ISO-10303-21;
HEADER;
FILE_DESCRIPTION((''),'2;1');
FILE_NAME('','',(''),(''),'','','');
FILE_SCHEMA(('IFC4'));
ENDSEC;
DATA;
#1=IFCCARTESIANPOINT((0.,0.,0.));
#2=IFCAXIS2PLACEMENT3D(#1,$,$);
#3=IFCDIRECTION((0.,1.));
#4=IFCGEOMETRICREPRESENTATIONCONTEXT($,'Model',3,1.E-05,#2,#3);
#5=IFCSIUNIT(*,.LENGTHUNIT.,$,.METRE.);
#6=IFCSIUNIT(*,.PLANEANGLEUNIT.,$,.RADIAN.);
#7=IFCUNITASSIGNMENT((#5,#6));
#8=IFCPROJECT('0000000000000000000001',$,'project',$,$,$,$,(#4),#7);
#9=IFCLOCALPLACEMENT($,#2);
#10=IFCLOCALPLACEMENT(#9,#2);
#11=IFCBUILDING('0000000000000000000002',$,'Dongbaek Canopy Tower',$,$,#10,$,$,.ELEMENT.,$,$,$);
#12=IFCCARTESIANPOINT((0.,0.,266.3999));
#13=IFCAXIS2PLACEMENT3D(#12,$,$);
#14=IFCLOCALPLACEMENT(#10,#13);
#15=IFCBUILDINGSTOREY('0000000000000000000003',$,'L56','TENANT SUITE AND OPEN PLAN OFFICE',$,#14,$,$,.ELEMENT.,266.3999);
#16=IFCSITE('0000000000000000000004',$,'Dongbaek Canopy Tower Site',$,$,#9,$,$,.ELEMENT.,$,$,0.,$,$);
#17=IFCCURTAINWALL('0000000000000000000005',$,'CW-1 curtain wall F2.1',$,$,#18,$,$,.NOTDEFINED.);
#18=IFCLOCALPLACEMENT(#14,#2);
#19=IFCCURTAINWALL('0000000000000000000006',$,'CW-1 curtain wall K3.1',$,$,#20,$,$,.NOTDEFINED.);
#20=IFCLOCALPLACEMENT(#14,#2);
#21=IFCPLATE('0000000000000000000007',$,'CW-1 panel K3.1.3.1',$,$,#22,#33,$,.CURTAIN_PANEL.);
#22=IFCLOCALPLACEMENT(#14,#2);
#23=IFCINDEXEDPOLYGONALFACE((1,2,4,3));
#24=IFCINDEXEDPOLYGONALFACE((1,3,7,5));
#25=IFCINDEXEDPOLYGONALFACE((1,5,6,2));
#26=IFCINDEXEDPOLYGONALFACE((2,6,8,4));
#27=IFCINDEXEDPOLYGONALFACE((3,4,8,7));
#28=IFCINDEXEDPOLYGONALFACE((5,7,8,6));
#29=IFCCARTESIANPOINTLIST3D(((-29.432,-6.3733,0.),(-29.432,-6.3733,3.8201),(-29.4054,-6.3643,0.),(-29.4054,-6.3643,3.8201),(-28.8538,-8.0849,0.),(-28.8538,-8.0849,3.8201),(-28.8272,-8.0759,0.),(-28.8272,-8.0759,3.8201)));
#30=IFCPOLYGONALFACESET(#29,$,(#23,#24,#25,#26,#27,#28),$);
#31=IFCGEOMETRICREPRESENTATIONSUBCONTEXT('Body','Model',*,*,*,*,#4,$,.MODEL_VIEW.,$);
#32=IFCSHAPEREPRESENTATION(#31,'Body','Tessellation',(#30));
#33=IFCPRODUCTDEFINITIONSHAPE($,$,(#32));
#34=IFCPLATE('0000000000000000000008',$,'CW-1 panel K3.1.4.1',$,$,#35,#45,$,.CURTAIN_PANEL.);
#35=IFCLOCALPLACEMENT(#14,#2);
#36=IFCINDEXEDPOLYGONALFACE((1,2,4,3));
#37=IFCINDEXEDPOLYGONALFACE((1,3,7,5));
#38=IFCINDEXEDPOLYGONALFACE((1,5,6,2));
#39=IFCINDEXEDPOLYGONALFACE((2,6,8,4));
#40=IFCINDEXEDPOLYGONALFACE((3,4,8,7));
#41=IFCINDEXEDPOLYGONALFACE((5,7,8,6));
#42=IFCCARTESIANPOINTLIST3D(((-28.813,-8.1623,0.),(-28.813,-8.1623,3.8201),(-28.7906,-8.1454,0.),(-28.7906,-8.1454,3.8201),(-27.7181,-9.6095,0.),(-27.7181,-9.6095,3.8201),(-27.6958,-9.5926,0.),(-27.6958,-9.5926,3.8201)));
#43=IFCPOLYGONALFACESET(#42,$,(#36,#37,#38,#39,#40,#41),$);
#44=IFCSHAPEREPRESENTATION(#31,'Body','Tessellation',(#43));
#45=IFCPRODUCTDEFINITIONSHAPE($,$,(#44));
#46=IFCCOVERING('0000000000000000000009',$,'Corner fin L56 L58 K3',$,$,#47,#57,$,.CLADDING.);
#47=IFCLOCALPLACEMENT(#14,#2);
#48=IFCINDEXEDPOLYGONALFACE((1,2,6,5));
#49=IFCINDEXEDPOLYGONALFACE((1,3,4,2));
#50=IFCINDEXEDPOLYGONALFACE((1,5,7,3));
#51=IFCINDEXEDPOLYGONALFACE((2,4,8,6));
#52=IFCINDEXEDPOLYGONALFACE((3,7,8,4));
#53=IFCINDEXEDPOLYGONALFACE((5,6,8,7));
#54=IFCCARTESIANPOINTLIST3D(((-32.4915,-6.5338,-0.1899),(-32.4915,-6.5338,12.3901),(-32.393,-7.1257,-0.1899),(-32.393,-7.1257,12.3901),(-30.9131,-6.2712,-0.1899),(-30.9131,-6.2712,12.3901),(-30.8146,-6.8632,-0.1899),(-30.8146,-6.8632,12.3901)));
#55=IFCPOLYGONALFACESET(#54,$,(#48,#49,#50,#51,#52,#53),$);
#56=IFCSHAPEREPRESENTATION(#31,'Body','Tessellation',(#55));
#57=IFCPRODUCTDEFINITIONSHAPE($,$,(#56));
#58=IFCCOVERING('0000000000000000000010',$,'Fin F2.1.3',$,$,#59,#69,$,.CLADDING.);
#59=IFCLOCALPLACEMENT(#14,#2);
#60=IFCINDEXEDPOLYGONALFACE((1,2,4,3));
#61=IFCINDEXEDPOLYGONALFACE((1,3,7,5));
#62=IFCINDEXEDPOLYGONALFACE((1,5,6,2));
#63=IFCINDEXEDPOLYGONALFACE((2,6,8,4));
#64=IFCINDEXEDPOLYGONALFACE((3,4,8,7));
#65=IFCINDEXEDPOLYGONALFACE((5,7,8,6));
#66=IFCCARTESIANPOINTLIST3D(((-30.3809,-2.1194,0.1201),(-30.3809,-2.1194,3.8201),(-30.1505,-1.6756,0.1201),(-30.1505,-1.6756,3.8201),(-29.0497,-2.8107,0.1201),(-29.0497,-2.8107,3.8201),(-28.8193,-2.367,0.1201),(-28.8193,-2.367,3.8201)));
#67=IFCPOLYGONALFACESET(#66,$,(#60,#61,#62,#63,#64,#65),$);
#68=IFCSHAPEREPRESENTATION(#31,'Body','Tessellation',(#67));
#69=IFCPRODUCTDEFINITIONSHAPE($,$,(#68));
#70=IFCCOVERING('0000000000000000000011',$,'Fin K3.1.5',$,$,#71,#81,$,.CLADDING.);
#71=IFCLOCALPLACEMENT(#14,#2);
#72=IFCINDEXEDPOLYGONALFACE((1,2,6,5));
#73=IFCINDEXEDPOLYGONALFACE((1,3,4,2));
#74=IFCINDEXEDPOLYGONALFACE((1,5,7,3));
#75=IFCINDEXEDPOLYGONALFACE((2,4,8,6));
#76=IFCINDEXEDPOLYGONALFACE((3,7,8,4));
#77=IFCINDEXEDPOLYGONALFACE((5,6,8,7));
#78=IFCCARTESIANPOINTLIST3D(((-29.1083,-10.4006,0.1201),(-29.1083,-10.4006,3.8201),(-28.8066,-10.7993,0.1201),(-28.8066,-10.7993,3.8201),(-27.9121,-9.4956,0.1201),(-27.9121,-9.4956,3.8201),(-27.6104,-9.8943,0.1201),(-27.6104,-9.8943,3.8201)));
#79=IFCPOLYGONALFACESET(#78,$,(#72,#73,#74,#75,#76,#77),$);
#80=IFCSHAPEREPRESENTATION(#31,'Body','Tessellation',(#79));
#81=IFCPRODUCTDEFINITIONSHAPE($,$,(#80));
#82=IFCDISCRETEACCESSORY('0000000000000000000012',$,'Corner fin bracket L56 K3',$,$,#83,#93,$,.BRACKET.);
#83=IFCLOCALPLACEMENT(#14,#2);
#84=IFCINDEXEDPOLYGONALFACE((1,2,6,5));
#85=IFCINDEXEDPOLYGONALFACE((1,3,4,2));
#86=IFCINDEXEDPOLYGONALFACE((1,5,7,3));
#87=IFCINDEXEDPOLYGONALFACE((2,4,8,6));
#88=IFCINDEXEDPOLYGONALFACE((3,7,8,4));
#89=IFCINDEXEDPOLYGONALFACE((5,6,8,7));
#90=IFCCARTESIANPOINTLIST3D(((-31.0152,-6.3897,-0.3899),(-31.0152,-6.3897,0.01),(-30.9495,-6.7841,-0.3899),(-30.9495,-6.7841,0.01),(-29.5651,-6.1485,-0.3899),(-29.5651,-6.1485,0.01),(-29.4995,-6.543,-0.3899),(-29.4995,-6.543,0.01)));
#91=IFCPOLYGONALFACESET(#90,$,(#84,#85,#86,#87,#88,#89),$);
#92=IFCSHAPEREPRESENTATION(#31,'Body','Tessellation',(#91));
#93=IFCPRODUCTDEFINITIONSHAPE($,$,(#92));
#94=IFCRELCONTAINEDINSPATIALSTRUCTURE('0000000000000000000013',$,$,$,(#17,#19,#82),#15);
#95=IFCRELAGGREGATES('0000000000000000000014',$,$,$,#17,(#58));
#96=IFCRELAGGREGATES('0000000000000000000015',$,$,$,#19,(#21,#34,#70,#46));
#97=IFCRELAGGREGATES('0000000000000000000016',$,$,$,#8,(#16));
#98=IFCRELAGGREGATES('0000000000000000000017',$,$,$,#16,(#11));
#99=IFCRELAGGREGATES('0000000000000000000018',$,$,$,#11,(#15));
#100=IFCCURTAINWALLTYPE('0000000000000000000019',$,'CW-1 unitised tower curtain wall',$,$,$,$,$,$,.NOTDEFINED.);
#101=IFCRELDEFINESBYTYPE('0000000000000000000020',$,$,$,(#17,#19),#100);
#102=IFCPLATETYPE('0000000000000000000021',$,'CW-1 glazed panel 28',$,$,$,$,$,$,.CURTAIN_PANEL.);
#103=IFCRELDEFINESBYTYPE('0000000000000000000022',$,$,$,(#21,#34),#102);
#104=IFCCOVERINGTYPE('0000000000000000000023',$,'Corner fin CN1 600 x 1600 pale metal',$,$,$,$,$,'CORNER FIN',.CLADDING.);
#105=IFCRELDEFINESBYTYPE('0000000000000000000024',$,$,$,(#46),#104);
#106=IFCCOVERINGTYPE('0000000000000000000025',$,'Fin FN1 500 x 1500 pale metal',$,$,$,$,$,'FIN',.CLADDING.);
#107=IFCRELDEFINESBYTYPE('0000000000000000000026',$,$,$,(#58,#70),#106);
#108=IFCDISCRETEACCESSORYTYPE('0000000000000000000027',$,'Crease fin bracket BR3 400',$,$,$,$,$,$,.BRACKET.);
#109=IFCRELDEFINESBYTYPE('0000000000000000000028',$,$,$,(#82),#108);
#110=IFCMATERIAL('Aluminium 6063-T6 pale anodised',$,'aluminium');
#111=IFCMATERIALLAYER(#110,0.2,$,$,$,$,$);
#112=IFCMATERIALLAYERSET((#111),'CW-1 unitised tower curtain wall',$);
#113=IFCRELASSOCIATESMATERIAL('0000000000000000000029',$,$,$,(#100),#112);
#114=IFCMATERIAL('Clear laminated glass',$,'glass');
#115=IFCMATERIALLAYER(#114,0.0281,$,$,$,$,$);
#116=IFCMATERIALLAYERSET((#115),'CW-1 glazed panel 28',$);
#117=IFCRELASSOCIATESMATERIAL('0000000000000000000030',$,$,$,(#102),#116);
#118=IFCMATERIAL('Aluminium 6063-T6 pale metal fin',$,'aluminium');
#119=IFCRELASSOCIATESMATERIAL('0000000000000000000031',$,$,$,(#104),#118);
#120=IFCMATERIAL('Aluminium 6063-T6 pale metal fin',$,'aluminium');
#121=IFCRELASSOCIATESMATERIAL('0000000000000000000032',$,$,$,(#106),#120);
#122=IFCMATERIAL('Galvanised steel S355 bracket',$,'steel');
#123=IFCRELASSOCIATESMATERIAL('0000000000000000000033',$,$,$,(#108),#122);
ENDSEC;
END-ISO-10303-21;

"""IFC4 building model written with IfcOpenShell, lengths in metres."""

from ifc_helpers import new_model, si_unit, direction, frame, origin, origin_2d, place, context, subcontext, project, spatial, rectangle, extrude, material, layer, layer_set, material_profile, profile_set, type_object, element, aggregate, save


model = new_model("IFC4")

# Units and contexts
model_context = context("Model", 3, precision=1e-05, world=origin(), true_north=direction((0.0, 1.0)))
body_context = subcontext(model_context, "Body", "Model", "MODEL_VIEW")
ifc_project = project(units=[si_unit("LENGTHUNIT", "METRE"), si_unit("PLANEANGLEUNIT", "RADIAN")], contexts=[model_context])

# Site, building, storey
site_placement = place(None, origin())
site = spatial("IfcSite", under=ifc_project, at=site_placement, Name="Dongbaek Canopy Tower Site", CompositionType="ELEMENT", RefElevation=0.0)
building_placement = place(site_placement, origin())
building = spatial("IfcBuilding", under=site, at=building_placement, Name="Dongbaek Canopy Tower", CompositionType="ELEMENT")
storey_placement = place(building_placement, frame((0.0, 0.0, 266.3999)))
storey = spatial("IfcBuildingStorey", under=building, at=storey_placement, Name="L56", Description="TENANT SUITE AND OPEN PLAN OFFICE", CompositionType="ELEMENT", Elevation=266.3999)

# Curtain wall
ifc_material_1 = material(Name="Aluminium 6063-T6 pale anodised", Category="aluminium")
ifc_layer_1 = layer(ifc_material_1, 0.2)
ifc_layer_set_1 = layer_set([ifc_layer_1], Name="CW-1 unitised tower curtain wall")
curtain_wall_type = type_object("IfcCurtainWallType", Name="CW-1 unitised tower curtain wall", PredefinedType="NOTDEFINED", material=ifc_layer_set_1)
curtain_wall_1_placement = place(storey_placement, origin())
curtain_wall_1 = element("IfcCurtainWall", 1, at=curtain_wall_1_placement, inside=storey, type_object=curtain_wall_type, Name="CW-1 curtain wall F2.1", PredefinedType="NOTDEFINED")

# Curtain wall
curtain_wall_2_placement = place(storey_placement, origin())
curtain_wall_2 = element("IfcCurtainWall", 2, at=curtain_wall_2_placement, inside=storey, type_object=curtain_wall_type, Name="CW-1 curtain wall K3.1", PredefinedType="NOTDEFINED")

# Plates
ifc_material_2 = material(Name="Clear laminated glass", Category="glass")
ifc_layer_2 = layer(ifc_material_2, 0.0281)
ifc_layer_set_2 = layer_set([ifc_layer_2], Name="CW-1 glazed panel 28")
plate_type = type_object("IfcPlateType", Name="CW-1 glazed panel 28", PredefinedType="CURTAIN_PANEL", material=ifc_layer_set_2)
plate_1_placement = place(storey_placement, frame((-29.1296, -7.2246, 0.0), z_axis=(0.0, 0.0, 1.0), x_axis=(0.320049, -0.947401, 0.0)))
plate_1 = element("IfcPlate", 3, at=plate_1_placement, type_object=plate_type, Name="CW-1 panel K3.1.3.1", PredefinedType="CURTAIN_PANEL", context=body_context, shape_type="SweptSolid", body=[
    extrude(rectangle(XDim=1.8066, YDim=0.0281, at=origin_2d()), origin(), (0.0, 0.0, 1.0), 3.8201),
])
plate_2_placement = place(storey_placement, frame((-28.2544, -8.8774, 0.0), z_axis=(0.0, 0.0, 1.0), x_axis=(0.603344, -0.797481, 0.0)))
plate_2 = element("IfcPlate", 4, at=plate_2_placement, type_object=plate_type, Name="CW-1 panel K3.1.4.1", PredefinedType="CURTAIN_PANEL", context=body_context, shape_type="SweptSolid", body=[
    extrude(rectangle(XDim=1.8147, YDim=0.0281, at=origin_2d()), origin(), (0.0, 0.0, 1.0), 3.8201),
])

# Coverings
ifc_material_3 = material(Name="Aluminium 6063-T6 pale metal fin", Category="aluminium")
ifc_material_profile_1 = material_profile(ifc_material_3, rectangle(XDim=1.6001, YDim=0.6001, at=origin_2d()), Name="Corner fin CN1 600 x 1600 pale metal")
ifc_profile_set_1 = profile_set([ifc_material_profile_1], Name="Aluminium 6063-T6 pale metal fin")
covering_type_1 = type_object("IfcCoveringType", Name="Corner fin CN1 600 x 1600 pale metal", ElementType="CORNER FIN", PredefinedType="CLADDING", material=ifc_profile_set_1)
covering_1_placement = place(storey_placement, frame((-31.6531, -6.6985, -0.1899), z_axis=(0.0, 0.0, 1.0), x_axis=(-0.986447, -0.164082, 0.0)))
covering_1 = element("IfcCovering", 5, at=covering_1_placement, type_object=covering_type_1, Name="Corner fin L56 L58 K3", PredefinedType="CLADDING", context=body_context, shape_type="SweptSolid", body=[
    extrude(rectangle(XDim=1.6001, YDim=0.6001, at=origin_2d()), origin(), (0.0, 0.0, 1.0), 12.5801),
])
ifc_material_4 = material(Name="Aluminium 6063-T6 pale metal fin", Category="aluminium")
ifc_material_profile_2 = material_profile(ifc_material_4, rectangle(XDim=1.5, YDim=0.5, at=origin_2d()), Name="Fin FN1 500 x 1500 pale metal")
ifc_profile_set_2 = profile_set([ifc_material_profile_2], Name="Aluminium 6063-T6 pale metal fin")
covering_type_2 = type_object("IfcCoveringType", Name="Fin FN1 500 x 1500 pale metal", ElementType="FIN", PredefinedType="CLADDING", material=ifc_profile_set_2)
covering_2_placement = place(storey_placement, frame((-29.6001, -2.2432, 0.1201), z_axis=(0.0, 0.0, 1.0), x_axis=(-0.887462, 0.46088, 0.0)))
covering_2 = element("IfcCovering", 6, at=covering_2_placement, type_object=covering_type_2, Name="Fin F2.1.3", PredefinedType="CLADDING", context=body_context, shape_type="SweptSolid", body=[
    extrude(rectangle(XDim=1.5, YDim=0.5, at=origin_2d()), origin(), (0.0, 0.0, 1.0), 3.7),
])
aggregate(curtain_wall_1, [covering_2])
covering_3_placement = place(storey_placement, frame((-28.3594, -10.1475, 0.1201), z_axis=(0.0, 0.0, 1.0), x_axis=(-0.797481, -0.603344, 0.0)))
covering_3 = element("IfcCovering", 7, at=covering_3_placement, type_object=covering_type_2, Name="Fin K3.1.5", PredefinedType="CLADDING", context=body_context, shape_type="SweptSolid", body=[
    extrude(rectangle(XDim=1.5, YDim=0.5, at=origin_2d()), origin(), (0.0, 0.0, 1.0), 3.7),
])
aggregate(curtain_wall_2, [plate_1, plate_2, covering_3, covering_1])

# Discrete accessory
ifc_material_5 = material(Name="Galvanised steel S355 bracket", Category="steel")
discrete_accessory_type = type_object("IfcDiscreteAccessoryType", Name="Crease fin bracket BR3 400", PredefinedType="BRACKET", material=ifc_material_5)
discrete_accessory_placement = place(storey_placement, frame((-30.2573, -6.4663, -0.3899), z_axis=(0.0, 0.0, 1.0), x_axis=(-0.986447, -0.164082, 0.0)))
element("IfcDiscreteAccessory", 8, at=discrete_accessory_placement, inside=storey, type_object=discrete_accessory_type, Name="Corner fin bracket L56 K3", PredefinedType="BRACKET", context=body_context, shape_type="SweptSolid", body=[
    extrude(rectangle(XDim=1.47, YDim=0.3999, at=origin_2d()), origin(), (0.0, 0.0, 1.0), 0.3999),
])

save(model, "model.ifc")
